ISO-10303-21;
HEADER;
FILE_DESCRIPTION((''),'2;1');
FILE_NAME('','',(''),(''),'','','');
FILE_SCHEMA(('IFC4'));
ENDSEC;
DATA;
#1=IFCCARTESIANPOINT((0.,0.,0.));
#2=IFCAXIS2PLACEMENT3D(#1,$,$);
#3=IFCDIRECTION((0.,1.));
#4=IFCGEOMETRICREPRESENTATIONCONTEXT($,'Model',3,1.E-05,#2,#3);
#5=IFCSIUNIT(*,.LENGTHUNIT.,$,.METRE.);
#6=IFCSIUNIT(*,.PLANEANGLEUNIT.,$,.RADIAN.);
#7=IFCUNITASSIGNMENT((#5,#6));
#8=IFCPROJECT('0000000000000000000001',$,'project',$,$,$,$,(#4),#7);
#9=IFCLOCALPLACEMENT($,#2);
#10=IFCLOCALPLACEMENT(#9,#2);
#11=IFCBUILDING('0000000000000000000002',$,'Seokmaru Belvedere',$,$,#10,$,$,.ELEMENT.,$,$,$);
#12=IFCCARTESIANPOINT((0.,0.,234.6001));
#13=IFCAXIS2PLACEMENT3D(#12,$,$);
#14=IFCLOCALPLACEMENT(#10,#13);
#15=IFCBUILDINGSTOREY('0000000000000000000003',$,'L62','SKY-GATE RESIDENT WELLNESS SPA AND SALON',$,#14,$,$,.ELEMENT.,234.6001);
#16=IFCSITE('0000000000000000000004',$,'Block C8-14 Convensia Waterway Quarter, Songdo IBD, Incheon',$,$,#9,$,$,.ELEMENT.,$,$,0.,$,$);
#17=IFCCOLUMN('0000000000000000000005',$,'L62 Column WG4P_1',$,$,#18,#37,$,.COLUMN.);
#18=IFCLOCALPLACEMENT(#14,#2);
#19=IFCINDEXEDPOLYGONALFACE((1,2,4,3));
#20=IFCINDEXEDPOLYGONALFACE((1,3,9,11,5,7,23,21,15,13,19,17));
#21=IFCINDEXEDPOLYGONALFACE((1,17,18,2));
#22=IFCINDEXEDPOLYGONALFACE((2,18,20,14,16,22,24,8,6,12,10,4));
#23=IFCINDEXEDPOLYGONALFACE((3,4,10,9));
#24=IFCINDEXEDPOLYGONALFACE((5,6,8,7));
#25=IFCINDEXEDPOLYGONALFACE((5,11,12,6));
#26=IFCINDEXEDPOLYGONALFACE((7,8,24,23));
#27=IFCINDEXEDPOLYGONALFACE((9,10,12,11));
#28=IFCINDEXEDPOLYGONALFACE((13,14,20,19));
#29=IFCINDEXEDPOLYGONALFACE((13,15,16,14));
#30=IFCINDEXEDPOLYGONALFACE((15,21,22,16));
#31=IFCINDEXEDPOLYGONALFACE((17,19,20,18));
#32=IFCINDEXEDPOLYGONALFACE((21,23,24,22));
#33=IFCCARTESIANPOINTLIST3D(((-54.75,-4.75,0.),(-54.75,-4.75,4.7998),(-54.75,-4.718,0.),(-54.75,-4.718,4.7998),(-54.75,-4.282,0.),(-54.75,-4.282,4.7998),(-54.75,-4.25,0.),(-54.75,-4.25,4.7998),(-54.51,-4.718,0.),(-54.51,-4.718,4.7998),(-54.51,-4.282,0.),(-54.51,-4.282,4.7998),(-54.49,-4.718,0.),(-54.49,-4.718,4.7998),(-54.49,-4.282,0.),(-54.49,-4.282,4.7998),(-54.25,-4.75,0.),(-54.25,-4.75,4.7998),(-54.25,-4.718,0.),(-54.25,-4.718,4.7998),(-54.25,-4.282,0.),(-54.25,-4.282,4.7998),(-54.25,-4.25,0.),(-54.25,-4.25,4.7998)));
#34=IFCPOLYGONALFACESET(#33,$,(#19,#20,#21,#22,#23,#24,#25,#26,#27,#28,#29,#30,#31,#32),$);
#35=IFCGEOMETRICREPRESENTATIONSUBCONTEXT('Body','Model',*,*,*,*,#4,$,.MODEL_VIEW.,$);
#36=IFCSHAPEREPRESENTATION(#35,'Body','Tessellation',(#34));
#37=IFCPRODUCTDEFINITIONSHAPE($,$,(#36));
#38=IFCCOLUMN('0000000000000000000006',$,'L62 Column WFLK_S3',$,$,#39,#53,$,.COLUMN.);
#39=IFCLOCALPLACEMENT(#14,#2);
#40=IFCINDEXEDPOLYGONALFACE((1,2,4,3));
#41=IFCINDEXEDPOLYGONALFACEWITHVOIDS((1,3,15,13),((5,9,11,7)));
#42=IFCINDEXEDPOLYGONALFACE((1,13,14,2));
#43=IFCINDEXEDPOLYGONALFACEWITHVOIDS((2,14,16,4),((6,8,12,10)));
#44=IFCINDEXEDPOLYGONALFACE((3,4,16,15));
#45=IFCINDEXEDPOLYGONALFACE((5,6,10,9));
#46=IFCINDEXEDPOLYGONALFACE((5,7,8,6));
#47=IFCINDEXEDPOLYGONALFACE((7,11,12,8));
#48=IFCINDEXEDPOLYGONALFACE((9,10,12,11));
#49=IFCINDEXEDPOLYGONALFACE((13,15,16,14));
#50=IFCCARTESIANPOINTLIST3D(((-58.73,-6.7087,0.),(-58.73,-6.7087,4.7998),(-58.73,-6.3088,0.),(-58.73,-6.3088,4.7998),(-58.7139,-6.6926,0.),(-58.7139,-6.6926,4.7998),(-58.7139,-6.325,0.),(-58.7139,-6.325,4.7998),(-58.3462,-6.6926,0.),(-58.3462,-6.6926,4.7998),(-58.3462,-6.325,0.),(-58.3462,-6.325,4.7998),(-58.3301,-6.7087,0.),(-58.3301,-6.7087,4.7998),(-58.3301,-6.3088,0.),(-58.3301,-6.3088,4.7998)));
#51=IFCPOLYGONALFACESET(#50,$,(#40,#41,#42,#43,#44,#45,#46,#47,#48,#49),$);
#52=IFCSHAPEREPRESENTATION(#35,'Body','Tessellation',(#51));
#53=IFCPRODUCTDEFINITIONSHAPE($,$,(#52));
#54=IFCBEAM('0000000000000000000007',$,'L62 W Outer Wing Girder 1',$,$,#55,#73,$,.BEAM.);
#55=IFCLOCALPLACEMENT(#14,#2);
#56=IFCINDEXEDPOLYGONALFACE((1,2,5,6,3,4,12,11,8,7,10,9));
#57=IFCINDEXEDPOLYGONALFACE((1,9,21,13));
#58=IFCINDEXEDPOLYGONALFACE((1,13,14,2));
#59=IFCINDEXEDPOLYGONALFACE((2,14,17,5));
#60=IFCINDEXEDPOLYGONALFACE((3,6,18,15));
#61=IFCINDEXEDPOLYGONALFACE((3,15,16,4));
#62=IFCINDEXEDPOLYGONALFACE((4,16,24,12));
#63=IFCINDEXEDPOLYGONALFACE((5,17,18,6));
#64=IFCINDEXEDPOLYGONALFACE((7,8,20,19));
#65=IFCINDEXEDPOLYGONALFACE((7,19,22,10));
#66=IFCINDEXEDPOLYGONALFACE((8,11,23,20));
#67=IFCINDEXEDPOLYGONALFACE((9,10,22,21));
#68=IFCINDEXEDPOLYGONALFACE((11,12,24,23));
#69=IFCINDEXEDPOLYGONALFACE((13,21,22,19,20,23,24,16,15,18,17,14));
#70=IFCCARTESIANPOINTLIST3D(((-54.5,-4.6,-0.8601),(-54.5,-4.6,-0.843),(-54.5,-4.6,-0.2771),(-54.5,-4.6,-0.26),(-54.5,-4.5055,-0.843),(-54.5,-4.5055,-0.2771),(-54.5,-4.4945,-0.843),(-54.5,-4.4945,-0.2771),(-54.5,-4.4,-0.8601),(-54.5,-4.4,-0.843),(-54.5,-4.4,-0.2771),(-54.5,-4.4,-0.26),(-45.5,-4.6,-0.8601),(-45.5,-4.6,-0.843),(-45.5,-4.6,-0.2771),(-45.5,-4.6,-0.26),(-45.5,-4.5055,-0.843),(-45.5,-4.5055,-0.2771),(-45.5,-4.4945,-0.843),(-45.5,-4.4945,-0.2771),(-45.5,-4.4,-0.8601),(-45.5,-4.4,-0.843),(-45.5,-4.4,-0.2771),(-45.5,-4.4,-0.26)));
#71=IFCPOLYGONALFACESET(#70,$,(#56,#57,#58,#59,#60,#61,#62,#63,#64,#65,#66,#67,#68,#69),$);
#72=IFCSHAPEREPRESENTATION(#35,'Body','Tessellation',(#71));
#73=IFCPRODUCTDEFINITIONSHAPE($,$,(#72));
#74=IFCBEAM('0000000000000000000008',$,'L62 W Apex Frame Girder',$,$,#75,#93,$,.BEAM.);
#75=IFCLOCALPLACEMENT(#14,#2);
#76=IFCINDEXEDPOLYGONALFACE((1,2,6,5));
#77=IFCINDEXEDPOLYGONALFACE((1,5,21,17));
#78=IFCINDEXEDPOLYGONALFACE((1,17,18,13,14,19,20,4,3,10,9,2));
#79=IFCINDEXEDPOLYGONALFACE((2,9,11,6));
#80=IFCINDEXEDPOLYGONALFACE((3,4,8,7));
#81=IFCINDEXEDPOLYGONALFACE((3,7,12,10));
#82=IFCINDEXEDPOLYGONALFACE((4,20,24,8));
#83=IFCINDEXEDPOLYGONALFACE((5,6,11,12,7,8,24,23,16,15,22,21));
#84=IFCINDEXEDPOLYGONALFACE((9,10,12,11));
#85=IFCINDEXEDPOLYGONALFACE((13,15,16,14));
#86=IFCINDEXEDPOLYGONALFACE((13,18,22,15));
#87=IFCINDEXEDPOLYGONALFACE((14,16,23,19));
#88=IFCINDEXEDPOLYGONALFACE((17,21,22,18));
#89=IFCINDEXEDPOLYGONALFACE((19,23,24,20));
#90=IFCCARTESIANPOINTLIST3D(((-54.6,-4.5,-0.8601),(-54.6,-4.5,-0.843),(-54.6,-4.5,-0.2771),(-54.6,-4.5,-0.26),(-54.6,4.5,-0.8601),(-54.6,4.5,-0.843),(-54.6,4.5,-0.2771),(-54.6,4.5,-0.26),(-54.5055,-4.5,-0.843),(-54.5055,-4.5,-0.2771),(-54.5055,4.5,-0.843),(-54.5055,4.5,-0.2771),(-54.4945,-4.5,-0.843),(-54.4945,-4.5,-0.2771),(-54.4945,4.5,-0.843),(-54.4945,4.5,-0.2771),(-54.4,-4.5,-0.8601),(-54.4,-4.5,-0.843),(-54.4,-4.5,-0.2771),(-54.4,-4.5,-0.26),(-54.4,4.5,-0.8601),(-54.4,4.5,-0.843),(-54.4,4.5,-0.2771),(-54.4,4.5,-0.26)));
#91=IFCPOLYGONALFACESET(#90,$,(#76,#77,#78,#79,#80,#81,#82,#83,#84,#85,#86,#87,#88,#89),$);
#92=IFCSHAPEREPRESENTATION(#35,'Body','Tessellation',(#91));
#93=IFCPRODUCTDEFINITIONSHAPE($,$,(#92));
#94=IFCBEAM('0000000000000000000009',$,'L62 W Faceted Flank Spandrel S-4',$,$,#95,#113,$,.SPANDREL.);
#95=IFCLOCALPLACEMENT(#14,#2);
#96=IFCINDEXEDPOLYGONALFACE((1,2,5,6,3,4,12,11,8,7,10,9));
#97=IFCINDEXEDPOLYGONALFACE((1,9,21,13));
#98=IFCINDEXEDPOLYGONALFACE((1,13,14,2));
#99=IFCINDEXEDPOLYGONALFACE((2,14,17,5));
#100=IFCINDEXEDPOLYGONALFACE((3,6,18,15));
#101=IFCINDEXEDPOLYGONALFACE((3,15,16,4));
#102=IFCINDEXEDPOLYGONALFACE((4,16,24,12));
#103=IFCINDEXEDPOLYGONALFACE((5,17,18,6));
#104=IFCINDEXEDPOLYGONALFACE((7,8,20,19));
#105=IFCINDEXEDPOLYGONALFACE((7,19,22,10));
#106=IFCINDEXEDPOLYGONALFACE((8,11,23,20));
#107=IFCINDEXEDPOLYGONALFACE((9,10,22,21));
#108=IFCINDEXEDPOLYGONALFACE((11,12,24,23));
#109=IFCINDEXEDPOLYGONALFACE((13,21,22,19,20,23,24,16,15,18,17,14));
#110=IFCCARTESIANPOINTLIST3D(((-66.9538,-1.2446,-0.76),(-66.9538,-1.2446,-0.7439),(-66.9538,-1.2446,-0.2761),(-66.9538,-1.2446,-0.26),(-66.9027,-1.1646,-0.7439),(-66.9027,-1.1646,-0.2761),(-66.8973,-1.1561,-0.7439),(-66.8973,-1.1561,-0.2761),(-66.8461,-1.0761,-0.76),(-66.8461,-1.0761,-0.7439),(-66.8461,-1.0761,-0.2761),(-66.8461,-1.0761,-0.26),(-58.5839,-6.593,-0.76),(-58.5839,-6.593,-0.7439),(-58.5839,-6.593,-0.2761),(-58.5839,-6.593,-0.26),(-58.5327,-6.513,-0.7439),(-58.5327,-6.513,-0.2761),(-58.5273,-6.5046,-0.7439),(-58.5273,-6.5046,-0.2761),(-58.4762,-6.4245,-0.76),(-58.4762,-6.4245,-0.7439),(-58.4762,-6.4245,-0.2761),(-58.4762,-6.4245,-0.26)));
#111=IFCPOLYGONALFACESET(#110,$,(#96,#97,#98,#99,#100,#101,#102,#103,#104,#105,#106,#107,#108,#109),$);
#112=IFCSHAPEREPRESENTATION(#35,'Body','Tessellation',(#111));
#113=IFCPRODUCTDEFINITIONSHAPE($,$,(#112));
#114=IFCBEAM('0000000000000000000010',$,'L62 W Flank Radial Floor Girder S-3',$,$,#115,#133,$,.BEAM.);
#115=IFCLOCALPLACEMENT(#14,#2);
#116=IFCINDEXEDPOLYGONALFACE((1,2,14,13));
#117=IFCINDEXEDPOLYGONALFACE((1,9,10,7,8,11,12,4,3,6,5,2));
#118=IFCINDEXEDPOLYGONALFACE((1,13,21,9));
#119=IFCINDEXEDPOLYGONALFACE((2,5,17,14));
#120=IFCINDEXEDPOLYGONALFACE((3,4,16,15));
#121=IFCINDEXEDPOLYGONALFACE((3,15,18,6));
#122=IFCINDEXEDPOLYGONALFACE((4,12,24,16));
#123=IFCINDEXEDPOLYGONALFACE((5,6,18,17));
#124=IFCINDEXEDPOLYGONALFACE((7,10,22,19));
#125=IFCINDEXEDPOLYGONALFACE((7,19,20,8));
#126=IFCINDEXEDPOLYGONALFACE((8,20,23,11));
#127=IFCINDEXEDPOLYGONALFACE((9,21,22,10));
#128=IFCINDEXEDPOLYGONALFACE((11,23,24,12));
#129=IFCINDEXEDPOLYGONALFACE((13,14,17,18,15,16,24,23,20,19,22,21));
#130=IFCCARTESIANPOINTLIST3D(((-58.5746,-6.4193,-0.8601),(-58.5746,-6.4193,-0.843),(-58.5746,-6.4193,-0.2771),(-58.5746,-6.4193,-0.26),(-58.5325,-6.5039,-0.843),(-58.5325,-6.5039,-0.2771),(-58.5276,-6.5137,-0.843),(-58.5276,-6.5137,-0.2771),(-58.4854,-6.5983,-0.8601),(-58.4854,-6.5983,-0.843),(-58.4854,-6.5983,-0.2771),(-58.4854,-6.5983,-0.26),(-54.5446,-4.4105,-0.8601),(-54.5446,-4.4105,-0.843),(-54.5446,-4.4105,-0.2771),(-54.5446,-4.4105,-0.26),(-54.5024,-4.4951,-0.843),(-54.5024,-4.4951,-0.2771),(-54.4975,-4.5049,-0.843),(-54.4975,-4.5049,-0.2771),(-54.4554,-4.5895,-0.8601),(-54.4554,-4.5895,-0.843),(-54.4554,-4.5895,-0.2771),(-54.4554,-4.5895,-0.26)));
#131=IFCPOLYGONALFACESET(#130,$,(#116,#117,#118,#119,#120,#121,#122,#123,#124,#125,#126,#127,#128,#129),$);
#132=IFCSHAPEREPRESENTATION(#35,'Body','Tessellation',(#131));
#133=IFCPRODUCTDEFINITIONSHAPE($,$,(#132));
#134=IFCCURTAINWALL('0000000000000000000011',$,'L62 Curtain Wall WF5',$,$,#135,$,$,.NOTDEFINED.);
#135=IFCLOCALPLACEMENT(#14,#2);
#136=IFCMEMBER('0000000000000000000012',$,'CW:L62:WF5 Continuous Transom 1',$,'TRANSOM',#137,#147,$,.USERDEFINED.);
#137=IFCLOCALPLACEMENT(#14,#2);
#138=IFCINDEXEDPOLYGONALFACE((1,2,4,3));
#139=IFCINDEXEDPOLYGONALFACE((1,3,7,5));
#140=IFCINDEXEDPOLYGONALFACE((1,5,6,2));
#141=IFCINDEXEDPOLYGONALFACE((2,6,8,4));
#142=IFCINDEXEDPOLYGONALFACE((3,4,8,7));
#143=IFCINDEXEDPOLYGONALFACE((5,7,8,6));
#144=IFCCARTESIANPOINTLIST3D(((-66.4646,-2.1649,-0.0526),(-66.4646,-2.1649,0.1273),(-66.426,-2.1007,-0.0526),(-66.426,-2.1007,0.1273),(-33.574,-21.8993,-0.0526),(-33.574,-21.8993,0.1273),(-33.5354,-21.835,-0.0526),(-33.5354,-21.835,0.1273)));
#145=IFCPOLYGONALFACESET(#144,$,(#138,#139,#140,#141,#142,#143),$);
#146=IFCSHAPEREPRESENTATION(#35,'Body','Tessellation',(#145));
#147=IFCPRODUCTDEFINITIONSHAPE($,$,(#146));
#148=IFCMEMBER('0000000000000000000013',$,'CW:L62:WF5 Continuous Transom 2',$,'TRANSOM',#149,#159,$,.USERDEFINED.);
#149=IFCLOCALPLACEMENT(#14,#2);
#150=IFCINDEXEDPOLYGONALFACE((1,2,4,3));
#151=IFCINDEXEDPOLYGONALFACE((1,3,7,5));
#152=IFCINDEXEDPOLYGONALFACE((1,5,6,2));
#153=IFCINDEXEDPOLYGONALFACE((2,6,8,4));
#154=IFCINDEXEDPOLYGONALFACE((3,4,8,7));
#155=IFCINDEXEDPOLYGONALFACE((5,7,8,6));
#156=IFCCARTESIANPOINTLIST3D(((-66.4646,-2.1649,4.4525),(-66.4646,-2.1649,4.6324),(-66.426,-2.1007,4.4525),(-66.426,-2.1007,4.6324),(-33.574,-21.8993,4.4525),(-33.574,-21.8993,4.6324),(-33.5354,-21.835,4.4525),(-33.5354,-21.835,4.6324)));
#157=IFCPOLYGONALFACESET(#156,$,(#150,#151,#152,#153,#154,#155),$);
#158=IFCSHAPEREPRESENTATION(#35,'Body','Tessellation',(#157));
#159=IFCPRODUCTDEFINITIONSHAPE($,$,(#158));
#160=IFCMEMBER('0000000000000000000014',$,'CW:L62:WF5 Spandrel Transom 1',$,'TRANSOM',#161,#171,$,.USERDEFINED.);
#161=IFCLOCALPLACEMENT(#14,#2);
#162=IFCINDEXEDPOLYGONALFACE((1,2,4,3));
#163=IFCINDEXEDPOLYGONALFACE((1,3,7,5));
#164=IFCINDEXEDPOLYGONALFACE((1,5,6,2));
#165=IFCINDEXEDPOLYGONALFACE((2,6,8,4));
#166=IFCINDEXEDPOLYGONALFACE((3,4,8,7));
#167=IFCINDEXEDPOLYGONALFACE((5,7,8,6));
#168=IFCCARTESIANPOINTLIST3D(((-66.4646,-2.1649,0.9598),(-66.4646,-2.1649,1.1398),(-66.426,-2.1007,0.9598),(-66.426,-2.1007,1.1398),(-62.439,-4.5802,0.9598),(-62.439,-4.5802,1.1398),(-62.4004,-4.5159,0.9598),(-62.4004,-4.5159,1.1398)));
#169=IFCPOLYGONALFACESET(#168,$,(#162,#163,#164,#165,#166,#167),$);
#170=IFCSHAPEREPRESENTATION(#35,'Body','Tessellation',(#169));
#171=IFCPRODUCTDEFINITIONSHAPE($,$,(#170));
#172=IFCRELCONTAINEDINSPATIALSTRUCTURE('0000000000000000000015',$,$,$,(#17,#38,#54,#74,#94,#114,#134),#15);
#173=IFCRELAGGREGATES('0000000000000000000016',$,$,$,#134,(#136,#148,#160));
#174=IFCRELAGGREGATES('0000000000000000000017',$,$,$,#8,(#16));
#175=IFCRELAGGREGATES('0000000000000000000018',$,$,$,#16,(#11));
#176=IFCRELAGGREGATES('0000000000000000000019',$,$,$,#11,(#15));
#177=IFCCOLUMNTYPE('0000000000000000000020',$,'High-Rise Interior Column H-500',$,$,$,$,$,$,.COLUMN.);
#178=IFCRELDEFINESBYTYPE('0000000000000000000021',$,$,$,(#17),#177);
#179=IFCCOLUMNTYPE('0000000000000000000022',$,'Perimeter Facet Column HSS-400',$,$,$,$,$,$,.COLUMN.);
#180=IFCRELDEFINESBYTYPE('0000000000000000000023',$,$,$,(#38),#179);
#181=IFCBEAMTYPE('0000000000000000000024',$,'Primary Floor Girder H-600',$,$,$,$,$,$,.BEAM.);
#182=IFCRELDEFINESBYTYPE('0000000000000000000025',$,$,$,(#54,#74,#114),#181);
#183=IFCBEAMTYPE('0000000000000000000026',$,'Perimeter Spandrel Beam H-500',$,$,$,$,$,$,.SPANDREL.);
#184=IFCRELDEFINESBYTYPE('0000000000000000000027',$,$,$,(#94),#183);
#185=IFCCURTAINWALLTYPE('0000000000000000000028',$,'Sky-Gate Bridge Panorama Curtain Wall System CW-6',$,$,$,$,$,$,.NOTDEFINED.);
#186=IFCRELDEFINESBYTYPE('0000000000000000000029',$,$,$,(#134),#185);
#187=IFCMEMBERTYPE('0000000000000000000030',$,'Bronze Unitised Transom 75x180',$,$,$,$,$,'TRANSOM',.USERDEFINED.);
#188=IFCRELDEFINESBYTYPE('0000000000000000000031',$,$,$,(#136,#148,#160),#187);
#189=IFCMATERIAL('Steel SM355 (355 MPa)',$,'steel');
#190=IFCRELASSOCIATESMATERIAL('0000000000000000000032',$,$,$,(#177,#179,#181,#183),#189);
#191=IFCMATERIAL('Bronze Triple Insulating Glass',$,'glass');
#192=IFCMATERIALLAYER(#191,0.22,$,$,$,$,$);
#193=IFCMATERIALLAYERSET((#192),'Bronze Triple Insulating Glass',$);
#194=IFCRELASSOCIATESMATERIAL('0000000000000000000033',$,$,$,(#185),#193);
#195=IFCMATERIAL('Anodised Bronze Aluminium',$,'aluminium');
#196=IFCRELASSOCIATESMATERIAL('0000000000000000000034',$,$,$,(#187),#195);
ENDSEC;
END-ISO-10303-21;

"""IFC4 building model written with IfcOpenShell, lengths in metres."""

from ifc_helpers import new_model, si_unit, direction, frame, origin, origin_2d, place, context, subcontext, project, spatial, rectangle, hollow_rectangle, i_section, extrude, source, transform, mapped, material, layer, layer_set, material_profile, profile_set, type_object, type_shapes, element, aggregate, save


model = new_model("IFC4")

# Units and contexts
model_context = context("Model", 3, precision=1e-05, world=origin(), true_north=direction((0.0, 1.0)))
body_context = subcontext(model_context, "Body", "Model", "MODEL_VIEW")
ifc_project = project(units=[si_unit("LENGTHUNIT", "METRE"), si_unit("PLANEANGLEUNIT", "RADIAN")], contexts=[model_context])

# Site, building, storey
site_placement = place(None, origin())
site = spatial("IfcSite", under=ifc_project, at=site_placement, Name="Block C8-14 Convensia Waterway Quarter, Songdo IBD, Incheon", CompositionType="ELEMENT", RefElevation=0.0)
building_placement = place(site_placement, origin())
building = spatial("IfcBuilding", under=site, at=building_placement, Name="Seokmaru Belvedere", CompositionType="ELEMENT")
storey_placement = place(building_placement, frame((0.0, 0.0, 234.6001)))
storey = spatial("IfcBuildingStorey", under=building, at=storey_placement, Name="L62", Description="SKY-GATE RESIDENT WELLNESS SPA AND SALON", CompositionType="ELEMENT", Elevation=234.6001)

# Columns
ifc_material_1 = material(Name="Steel SM355 (355 MPa)", Category="steel")
ifc_material_profile_1 = material_profile(ifc_material_1, i_section(OverallWidth=0.5, OverallDepth=0.5, WebThickness=0.02, FlangeThickness=0.032, at=origin_2d()), Name="H-500x500x20x32")
ifc_profile_set_1 = profile_set([ifc_material_profile_1], Name="Steel SM355 (355 MPa)")
column_type_1 = type_object("IfcColumnType", Name="High-Rise Interior Column H-500", PredefinedType="COLUMN", material=ifc_profile_set_1)
shared_shape_1 = source(origin(), body_context, "Body", "SweptSolid", [
    extrude(i_section(OverallWidth=0.5, OverallDepth=0.5, WebThickness=0.02, FlangeThickness=0.032, at=origin_2d()), origin(), (0.0, 0.0, 1.0), 4.7998),
])
type_shapes(column_type_1, [shared_shape_1])
column_1_placement = place(storey_placement, frame((-54.5, -4.5, 0.0), z_axis=(0.0, 0.0, 1.0), x_axis=(1.0, 0.0, 0.0)))
element("IfcColumn", 1, at=column_1_placement, inside=storey, type_object=column_type_1, Name="L62 Column WG4P_1", PredefinedType="COLUMN", context=body_context, shape_type="MappedRepresentation", body=[
    mapped(shared_shape_1, transform((0.0, 0.0, 0.0), scale=1.0)),
])
ifc_material_profile_2 = material_profile(ifc_material_1, hollow_rectangle(XDim=0.3999, YDim=0.3999, WallThickness=0.0161, at=origin_2d()), Name="HSS-400x400x16")
ifc_profile_set_2 = profile_set([ifc_material_profile_2], Name="Steel SM355 (355 MPa)")
column_type_2 = type_object("IfcColumnType", Name="Perimeter Facet Column HSS-400", PredefinedType="COLUMN", material=ifc_profile_set_2)
shared_shape_2 = source(origin(), body_context, "Body", "SweptSolid", [
    extrude(hollow_rectangle(XDim=0.3999, YDim=0.3999, WallThickness=0.0161, at=origin_2d()), origin(), (0.0, 0.0, 1.0), 4.7998),
])
type_shapes(column_type_2, [shared_shape_2])
column_2_placement = place(storey_placement, frame((-58.53, -6.5088, 0.0), z_axis=(0.0, 0.0, 1.0), x_axis=(1.0, 0.0, 0.0)))
element("IfcColumn", 2, at=column_2_placement, inside=storey, type_object=column_type_2, Name="L62 Column WFLK_S3", PredefinedType="COLUMN", context=body_context, shape_type="MappedRepresentation", body=[
    mapped(shared_shape_2, transform((0.0, 0.0, 0.0), scale=1.0)),
])

# Beams
ifc_material_profile_3 = material_profile(ifc_material_1, i_section(OverallWidth=0.2, OverallDepth=0.6001, WebThickness=0.011, FlangeThickness=0.0171, at=origin_2d()), Name="H-600x200x11x17")
ifc_profile_set_3 = profile_set([ifc_material_profile_3], Name="Steel SM355 (355 MPa)")
beam_type_1 = type_object("IfcBeamType", Name="Primary Floor Girder H-600", PredefinedType="BEAM", material=ifc_profile_set_3)
shared_shape_3 = source(origin(), body_context, "Body", "SweptSolid", [
    extrude(i_section(OverallWidth=0.2, OverallDepth=0.6001, WebThickness=0.011, FlangeThickness=0.0171, at=origin_2d()), origin(), (0.0, 0.0, 1.0), 9.0),
])
for number, where, z_axis, x_axis, name in (
    (3, (-54.5, -4.5, -0.5601), (1.0, 0.0, 0.0), (0.0, 1.0, 0.0), "L62 W Outer Wing Girder 1"),
    (4, (-54.5, -4.5, -0.5601), (0.0, 1.0, 0.0), (-1.0, 0.0, 0.0), "L62 W Apex Frame Girder"),
):
    element("IfcBeam", number, at=place(storey_placement, frame(where, z_axis=z_axis, x_axis=x_axis)), inside=storey, type_object=beam_type_1, Name=name, PredefinedType="BEAM", context=body_context, shape_type="MappedRepresentation", body=[
        mapped(shared_shape_3, transform((0.0, 0.0, 0.0), scale=1.0)),
    ])
ifc_material_profile_4 = material_profile(ifc_material_1, i_section(OverallWidth=0.2, OverallDepth=0.5, WebThickness=0.01, FlangeThickness=0.0161, at=origin_2d()), Name="H-500x200x10x16")
ifc_profile_set_4 = profile_set([ifc_material_profile_4], Name="Steel SM355 (355 MPa)")
beam_type_2 = type_object("IfcBeamType", Name="Perimeter Spandrel Beam H-500", PredefinedType="SPANDREL", material=ifc_profile_set_4)
shared_shape_4 = source(origin(), body_context, "Body", "SweptSolid", [
    extrude(i_section(OverallWidth=0.2, OverallDepth=0.5, WebThickness=0.01, FlangeThickness=0.0161, at=origin_2d()), origin(), (0.0, 0.0, 1.0), 9.9329),
])
type_shapes(beam_type_2, [shared_shape_4])
beam_1_placement = place(storey_placement, frame((-58.53, -6.5088, -0.51), z_axis=(-0.842652, 0.538459, 0.0), x_axis=(-0.538459, -0.842652, 0.0)))
element("IfcBeam", 5, at=beam_1_placement, inside=storey, type_object=beam_type_2, Name="L62 W Faceted Flank Spandrel S-4", PredefinedType="SPANDREL", context=body_context, shape_type="MappedRepresentation", body=[
    mapped(shared_shape_4, transform((0.0, 0.0, 0.0), scale=1.0)),
])
shared_shape_5 = source(origin(), body_context, "Body", "SweptSolid", [
    extrude(i_section(OverallWidth=0.2, OverallDepth=0.6001, WebThickness=0.011, FlangeThickness=0.0171, at=origin_2d()), origin(), (0.0, 0.0, 1.0), 4.5029),
])
type_shapes(beam_type_1, [shared_shape_3, shared_shape_5])
beam_2_placement = place(storey_placement, frame((-58.53, -6.5088, -0.5601), z_axis=(0.89498, 0.446107, 0.0), x_axis=(-0.446107, 0.89498, 0.0)))
element("IfcBeam", 6, at=beam_2_placement, inside=storey, type_object=beam_type_1, Name="L62 W Flank Radial Floor Girder S-3", PredefinedType="BEAM", context=body_context, shape_type="MappedRepresentation", body=[
    mapped(shared_shape_5, transform((0.0, 0.0, 0.0), scale=1.0)),
])

# Curtain wall, members
ifc_material_2 = material(Name="Bronze Triple Insulating Glass", Category="glass")
ifc_layer_1 = layer(ifc_material_2, 0.22)
ifc_layer_set_1 = layer_set([ifc_layer_1], Name="Bronze Triple Insulating Glass")
curtain_wall_type = type_object("IfcCurtainWallType", Name="Sky-Gate Bridge Panorama Curtain Wall System CW-6", PredefinedType="NOTDEFINED", material=ifc_layer_set_1)
curtain_wall_placement = place(storey_placement, origin())
curtain_wall = element("IfcCurtainWall", 7, at=curtain_wall_placement, inside=storey, type_object=curtain_wall_type, Name="L62 Curtain Wall WF5", PredefinedType="NOTDEFINED")
ifc_material_3 = material(Name="Anodised Bronze Aluminium", Category="aluminium")
ifc_material_profile_5 = material_profile(ifc_material_3, rectangle(XDim=0.075, YDim=0.1799, at=origin_2d()), Name="CW-T-75x180")
ifc_profile_set_5 = profile_set([ifc_material_profile_5], Name="Anodised Bronze Aluminium")
member_type_1 = type_object("IfcMemberType", Name="Bronze Unitised Transom 75x180", ElementType="TRANSOM", PredefinedType="USERDEFINED", material=ifc_profile_set_5)
shared_shape_6 = source(origin(), body_context, "Body", "SweptSolid", [
    extrude(rectangle(XDim=0.075, YDim=0.1799, at=origin_2d()), origin(), (0.0, 0.0, 1.0), 38.3567),
])
member_1_placement = place(storey_placement, frame((-66.4453, -2.1328, 0.0374), z_axis=(0.857493, -0.514496, 0.0), x_axis=(0.514496, 0.857493, 0.0)))
member_1 = element("IfcMember", 8, at=member_1_placement, type_object=member_type_1, Name="CW:L62:WF5 Continuous Transom 1", ObjectType="TRANSOM", PredefinedType="USERDEFINED", context=body_context, shape_type="MappedRepresentation", body=[
    mapped(shared_shape_6, transform((0.0, 0.0, 0.0), scale=1.0)),
])
member_2_placement = place(storey_placement, frame((-66.4453, -2.1328, 4.5425), z_axis=(0.857493, -0.514496, 0.0), x_axis=(0.514496, 0.857493, 0.0)))
member_2 = element("IfcMember", 9, at=member_2_placement, type_object=member_type_1, Name="CW:L62:WF5 Continuous Transom 2", ObjectType="TRANSOM", PredefinedType="USERDEFINED", context=body_context, shape_type="MappedRepresentation", body=[
    mapped(shared_shape_6, transform((0.0, 0.0, 0.0), scale=1.0)),
])
shared_shape_7 = source(origin(), body_context, "Body", "SweptSolid", [
    extrude(rectangle(XDim=0.075, YDim=0.1799, at=origin_2d()), origin(), (0.0, 0.0, 1.0), 4.6946),
])
member_3_placement = place(storey_placement, frame((-66.4453, -2.1328, 1.0498), z_axis=(0.857502, -0.51448, 0.0), x_axis=(0.51448, 0.857502, 0.0)))
member_3 = element("IfcMember", 10, at=member_3_placement, type_object=member_type_1, Name="CW:L62:WF5 Spandrel Transom 1", ObjectType="TRANSOM", PredefinedType="USERDEFINED", context=body_context, shape_type="MappedRepresentation", body=[
    mapped(shared_shape_7, transform((0.0, 0.0, 0.0), scale=1.0)),
])
aggregate(curtain_wall, [member_1, member_2, member_3])

save(model, "model.ifc")
